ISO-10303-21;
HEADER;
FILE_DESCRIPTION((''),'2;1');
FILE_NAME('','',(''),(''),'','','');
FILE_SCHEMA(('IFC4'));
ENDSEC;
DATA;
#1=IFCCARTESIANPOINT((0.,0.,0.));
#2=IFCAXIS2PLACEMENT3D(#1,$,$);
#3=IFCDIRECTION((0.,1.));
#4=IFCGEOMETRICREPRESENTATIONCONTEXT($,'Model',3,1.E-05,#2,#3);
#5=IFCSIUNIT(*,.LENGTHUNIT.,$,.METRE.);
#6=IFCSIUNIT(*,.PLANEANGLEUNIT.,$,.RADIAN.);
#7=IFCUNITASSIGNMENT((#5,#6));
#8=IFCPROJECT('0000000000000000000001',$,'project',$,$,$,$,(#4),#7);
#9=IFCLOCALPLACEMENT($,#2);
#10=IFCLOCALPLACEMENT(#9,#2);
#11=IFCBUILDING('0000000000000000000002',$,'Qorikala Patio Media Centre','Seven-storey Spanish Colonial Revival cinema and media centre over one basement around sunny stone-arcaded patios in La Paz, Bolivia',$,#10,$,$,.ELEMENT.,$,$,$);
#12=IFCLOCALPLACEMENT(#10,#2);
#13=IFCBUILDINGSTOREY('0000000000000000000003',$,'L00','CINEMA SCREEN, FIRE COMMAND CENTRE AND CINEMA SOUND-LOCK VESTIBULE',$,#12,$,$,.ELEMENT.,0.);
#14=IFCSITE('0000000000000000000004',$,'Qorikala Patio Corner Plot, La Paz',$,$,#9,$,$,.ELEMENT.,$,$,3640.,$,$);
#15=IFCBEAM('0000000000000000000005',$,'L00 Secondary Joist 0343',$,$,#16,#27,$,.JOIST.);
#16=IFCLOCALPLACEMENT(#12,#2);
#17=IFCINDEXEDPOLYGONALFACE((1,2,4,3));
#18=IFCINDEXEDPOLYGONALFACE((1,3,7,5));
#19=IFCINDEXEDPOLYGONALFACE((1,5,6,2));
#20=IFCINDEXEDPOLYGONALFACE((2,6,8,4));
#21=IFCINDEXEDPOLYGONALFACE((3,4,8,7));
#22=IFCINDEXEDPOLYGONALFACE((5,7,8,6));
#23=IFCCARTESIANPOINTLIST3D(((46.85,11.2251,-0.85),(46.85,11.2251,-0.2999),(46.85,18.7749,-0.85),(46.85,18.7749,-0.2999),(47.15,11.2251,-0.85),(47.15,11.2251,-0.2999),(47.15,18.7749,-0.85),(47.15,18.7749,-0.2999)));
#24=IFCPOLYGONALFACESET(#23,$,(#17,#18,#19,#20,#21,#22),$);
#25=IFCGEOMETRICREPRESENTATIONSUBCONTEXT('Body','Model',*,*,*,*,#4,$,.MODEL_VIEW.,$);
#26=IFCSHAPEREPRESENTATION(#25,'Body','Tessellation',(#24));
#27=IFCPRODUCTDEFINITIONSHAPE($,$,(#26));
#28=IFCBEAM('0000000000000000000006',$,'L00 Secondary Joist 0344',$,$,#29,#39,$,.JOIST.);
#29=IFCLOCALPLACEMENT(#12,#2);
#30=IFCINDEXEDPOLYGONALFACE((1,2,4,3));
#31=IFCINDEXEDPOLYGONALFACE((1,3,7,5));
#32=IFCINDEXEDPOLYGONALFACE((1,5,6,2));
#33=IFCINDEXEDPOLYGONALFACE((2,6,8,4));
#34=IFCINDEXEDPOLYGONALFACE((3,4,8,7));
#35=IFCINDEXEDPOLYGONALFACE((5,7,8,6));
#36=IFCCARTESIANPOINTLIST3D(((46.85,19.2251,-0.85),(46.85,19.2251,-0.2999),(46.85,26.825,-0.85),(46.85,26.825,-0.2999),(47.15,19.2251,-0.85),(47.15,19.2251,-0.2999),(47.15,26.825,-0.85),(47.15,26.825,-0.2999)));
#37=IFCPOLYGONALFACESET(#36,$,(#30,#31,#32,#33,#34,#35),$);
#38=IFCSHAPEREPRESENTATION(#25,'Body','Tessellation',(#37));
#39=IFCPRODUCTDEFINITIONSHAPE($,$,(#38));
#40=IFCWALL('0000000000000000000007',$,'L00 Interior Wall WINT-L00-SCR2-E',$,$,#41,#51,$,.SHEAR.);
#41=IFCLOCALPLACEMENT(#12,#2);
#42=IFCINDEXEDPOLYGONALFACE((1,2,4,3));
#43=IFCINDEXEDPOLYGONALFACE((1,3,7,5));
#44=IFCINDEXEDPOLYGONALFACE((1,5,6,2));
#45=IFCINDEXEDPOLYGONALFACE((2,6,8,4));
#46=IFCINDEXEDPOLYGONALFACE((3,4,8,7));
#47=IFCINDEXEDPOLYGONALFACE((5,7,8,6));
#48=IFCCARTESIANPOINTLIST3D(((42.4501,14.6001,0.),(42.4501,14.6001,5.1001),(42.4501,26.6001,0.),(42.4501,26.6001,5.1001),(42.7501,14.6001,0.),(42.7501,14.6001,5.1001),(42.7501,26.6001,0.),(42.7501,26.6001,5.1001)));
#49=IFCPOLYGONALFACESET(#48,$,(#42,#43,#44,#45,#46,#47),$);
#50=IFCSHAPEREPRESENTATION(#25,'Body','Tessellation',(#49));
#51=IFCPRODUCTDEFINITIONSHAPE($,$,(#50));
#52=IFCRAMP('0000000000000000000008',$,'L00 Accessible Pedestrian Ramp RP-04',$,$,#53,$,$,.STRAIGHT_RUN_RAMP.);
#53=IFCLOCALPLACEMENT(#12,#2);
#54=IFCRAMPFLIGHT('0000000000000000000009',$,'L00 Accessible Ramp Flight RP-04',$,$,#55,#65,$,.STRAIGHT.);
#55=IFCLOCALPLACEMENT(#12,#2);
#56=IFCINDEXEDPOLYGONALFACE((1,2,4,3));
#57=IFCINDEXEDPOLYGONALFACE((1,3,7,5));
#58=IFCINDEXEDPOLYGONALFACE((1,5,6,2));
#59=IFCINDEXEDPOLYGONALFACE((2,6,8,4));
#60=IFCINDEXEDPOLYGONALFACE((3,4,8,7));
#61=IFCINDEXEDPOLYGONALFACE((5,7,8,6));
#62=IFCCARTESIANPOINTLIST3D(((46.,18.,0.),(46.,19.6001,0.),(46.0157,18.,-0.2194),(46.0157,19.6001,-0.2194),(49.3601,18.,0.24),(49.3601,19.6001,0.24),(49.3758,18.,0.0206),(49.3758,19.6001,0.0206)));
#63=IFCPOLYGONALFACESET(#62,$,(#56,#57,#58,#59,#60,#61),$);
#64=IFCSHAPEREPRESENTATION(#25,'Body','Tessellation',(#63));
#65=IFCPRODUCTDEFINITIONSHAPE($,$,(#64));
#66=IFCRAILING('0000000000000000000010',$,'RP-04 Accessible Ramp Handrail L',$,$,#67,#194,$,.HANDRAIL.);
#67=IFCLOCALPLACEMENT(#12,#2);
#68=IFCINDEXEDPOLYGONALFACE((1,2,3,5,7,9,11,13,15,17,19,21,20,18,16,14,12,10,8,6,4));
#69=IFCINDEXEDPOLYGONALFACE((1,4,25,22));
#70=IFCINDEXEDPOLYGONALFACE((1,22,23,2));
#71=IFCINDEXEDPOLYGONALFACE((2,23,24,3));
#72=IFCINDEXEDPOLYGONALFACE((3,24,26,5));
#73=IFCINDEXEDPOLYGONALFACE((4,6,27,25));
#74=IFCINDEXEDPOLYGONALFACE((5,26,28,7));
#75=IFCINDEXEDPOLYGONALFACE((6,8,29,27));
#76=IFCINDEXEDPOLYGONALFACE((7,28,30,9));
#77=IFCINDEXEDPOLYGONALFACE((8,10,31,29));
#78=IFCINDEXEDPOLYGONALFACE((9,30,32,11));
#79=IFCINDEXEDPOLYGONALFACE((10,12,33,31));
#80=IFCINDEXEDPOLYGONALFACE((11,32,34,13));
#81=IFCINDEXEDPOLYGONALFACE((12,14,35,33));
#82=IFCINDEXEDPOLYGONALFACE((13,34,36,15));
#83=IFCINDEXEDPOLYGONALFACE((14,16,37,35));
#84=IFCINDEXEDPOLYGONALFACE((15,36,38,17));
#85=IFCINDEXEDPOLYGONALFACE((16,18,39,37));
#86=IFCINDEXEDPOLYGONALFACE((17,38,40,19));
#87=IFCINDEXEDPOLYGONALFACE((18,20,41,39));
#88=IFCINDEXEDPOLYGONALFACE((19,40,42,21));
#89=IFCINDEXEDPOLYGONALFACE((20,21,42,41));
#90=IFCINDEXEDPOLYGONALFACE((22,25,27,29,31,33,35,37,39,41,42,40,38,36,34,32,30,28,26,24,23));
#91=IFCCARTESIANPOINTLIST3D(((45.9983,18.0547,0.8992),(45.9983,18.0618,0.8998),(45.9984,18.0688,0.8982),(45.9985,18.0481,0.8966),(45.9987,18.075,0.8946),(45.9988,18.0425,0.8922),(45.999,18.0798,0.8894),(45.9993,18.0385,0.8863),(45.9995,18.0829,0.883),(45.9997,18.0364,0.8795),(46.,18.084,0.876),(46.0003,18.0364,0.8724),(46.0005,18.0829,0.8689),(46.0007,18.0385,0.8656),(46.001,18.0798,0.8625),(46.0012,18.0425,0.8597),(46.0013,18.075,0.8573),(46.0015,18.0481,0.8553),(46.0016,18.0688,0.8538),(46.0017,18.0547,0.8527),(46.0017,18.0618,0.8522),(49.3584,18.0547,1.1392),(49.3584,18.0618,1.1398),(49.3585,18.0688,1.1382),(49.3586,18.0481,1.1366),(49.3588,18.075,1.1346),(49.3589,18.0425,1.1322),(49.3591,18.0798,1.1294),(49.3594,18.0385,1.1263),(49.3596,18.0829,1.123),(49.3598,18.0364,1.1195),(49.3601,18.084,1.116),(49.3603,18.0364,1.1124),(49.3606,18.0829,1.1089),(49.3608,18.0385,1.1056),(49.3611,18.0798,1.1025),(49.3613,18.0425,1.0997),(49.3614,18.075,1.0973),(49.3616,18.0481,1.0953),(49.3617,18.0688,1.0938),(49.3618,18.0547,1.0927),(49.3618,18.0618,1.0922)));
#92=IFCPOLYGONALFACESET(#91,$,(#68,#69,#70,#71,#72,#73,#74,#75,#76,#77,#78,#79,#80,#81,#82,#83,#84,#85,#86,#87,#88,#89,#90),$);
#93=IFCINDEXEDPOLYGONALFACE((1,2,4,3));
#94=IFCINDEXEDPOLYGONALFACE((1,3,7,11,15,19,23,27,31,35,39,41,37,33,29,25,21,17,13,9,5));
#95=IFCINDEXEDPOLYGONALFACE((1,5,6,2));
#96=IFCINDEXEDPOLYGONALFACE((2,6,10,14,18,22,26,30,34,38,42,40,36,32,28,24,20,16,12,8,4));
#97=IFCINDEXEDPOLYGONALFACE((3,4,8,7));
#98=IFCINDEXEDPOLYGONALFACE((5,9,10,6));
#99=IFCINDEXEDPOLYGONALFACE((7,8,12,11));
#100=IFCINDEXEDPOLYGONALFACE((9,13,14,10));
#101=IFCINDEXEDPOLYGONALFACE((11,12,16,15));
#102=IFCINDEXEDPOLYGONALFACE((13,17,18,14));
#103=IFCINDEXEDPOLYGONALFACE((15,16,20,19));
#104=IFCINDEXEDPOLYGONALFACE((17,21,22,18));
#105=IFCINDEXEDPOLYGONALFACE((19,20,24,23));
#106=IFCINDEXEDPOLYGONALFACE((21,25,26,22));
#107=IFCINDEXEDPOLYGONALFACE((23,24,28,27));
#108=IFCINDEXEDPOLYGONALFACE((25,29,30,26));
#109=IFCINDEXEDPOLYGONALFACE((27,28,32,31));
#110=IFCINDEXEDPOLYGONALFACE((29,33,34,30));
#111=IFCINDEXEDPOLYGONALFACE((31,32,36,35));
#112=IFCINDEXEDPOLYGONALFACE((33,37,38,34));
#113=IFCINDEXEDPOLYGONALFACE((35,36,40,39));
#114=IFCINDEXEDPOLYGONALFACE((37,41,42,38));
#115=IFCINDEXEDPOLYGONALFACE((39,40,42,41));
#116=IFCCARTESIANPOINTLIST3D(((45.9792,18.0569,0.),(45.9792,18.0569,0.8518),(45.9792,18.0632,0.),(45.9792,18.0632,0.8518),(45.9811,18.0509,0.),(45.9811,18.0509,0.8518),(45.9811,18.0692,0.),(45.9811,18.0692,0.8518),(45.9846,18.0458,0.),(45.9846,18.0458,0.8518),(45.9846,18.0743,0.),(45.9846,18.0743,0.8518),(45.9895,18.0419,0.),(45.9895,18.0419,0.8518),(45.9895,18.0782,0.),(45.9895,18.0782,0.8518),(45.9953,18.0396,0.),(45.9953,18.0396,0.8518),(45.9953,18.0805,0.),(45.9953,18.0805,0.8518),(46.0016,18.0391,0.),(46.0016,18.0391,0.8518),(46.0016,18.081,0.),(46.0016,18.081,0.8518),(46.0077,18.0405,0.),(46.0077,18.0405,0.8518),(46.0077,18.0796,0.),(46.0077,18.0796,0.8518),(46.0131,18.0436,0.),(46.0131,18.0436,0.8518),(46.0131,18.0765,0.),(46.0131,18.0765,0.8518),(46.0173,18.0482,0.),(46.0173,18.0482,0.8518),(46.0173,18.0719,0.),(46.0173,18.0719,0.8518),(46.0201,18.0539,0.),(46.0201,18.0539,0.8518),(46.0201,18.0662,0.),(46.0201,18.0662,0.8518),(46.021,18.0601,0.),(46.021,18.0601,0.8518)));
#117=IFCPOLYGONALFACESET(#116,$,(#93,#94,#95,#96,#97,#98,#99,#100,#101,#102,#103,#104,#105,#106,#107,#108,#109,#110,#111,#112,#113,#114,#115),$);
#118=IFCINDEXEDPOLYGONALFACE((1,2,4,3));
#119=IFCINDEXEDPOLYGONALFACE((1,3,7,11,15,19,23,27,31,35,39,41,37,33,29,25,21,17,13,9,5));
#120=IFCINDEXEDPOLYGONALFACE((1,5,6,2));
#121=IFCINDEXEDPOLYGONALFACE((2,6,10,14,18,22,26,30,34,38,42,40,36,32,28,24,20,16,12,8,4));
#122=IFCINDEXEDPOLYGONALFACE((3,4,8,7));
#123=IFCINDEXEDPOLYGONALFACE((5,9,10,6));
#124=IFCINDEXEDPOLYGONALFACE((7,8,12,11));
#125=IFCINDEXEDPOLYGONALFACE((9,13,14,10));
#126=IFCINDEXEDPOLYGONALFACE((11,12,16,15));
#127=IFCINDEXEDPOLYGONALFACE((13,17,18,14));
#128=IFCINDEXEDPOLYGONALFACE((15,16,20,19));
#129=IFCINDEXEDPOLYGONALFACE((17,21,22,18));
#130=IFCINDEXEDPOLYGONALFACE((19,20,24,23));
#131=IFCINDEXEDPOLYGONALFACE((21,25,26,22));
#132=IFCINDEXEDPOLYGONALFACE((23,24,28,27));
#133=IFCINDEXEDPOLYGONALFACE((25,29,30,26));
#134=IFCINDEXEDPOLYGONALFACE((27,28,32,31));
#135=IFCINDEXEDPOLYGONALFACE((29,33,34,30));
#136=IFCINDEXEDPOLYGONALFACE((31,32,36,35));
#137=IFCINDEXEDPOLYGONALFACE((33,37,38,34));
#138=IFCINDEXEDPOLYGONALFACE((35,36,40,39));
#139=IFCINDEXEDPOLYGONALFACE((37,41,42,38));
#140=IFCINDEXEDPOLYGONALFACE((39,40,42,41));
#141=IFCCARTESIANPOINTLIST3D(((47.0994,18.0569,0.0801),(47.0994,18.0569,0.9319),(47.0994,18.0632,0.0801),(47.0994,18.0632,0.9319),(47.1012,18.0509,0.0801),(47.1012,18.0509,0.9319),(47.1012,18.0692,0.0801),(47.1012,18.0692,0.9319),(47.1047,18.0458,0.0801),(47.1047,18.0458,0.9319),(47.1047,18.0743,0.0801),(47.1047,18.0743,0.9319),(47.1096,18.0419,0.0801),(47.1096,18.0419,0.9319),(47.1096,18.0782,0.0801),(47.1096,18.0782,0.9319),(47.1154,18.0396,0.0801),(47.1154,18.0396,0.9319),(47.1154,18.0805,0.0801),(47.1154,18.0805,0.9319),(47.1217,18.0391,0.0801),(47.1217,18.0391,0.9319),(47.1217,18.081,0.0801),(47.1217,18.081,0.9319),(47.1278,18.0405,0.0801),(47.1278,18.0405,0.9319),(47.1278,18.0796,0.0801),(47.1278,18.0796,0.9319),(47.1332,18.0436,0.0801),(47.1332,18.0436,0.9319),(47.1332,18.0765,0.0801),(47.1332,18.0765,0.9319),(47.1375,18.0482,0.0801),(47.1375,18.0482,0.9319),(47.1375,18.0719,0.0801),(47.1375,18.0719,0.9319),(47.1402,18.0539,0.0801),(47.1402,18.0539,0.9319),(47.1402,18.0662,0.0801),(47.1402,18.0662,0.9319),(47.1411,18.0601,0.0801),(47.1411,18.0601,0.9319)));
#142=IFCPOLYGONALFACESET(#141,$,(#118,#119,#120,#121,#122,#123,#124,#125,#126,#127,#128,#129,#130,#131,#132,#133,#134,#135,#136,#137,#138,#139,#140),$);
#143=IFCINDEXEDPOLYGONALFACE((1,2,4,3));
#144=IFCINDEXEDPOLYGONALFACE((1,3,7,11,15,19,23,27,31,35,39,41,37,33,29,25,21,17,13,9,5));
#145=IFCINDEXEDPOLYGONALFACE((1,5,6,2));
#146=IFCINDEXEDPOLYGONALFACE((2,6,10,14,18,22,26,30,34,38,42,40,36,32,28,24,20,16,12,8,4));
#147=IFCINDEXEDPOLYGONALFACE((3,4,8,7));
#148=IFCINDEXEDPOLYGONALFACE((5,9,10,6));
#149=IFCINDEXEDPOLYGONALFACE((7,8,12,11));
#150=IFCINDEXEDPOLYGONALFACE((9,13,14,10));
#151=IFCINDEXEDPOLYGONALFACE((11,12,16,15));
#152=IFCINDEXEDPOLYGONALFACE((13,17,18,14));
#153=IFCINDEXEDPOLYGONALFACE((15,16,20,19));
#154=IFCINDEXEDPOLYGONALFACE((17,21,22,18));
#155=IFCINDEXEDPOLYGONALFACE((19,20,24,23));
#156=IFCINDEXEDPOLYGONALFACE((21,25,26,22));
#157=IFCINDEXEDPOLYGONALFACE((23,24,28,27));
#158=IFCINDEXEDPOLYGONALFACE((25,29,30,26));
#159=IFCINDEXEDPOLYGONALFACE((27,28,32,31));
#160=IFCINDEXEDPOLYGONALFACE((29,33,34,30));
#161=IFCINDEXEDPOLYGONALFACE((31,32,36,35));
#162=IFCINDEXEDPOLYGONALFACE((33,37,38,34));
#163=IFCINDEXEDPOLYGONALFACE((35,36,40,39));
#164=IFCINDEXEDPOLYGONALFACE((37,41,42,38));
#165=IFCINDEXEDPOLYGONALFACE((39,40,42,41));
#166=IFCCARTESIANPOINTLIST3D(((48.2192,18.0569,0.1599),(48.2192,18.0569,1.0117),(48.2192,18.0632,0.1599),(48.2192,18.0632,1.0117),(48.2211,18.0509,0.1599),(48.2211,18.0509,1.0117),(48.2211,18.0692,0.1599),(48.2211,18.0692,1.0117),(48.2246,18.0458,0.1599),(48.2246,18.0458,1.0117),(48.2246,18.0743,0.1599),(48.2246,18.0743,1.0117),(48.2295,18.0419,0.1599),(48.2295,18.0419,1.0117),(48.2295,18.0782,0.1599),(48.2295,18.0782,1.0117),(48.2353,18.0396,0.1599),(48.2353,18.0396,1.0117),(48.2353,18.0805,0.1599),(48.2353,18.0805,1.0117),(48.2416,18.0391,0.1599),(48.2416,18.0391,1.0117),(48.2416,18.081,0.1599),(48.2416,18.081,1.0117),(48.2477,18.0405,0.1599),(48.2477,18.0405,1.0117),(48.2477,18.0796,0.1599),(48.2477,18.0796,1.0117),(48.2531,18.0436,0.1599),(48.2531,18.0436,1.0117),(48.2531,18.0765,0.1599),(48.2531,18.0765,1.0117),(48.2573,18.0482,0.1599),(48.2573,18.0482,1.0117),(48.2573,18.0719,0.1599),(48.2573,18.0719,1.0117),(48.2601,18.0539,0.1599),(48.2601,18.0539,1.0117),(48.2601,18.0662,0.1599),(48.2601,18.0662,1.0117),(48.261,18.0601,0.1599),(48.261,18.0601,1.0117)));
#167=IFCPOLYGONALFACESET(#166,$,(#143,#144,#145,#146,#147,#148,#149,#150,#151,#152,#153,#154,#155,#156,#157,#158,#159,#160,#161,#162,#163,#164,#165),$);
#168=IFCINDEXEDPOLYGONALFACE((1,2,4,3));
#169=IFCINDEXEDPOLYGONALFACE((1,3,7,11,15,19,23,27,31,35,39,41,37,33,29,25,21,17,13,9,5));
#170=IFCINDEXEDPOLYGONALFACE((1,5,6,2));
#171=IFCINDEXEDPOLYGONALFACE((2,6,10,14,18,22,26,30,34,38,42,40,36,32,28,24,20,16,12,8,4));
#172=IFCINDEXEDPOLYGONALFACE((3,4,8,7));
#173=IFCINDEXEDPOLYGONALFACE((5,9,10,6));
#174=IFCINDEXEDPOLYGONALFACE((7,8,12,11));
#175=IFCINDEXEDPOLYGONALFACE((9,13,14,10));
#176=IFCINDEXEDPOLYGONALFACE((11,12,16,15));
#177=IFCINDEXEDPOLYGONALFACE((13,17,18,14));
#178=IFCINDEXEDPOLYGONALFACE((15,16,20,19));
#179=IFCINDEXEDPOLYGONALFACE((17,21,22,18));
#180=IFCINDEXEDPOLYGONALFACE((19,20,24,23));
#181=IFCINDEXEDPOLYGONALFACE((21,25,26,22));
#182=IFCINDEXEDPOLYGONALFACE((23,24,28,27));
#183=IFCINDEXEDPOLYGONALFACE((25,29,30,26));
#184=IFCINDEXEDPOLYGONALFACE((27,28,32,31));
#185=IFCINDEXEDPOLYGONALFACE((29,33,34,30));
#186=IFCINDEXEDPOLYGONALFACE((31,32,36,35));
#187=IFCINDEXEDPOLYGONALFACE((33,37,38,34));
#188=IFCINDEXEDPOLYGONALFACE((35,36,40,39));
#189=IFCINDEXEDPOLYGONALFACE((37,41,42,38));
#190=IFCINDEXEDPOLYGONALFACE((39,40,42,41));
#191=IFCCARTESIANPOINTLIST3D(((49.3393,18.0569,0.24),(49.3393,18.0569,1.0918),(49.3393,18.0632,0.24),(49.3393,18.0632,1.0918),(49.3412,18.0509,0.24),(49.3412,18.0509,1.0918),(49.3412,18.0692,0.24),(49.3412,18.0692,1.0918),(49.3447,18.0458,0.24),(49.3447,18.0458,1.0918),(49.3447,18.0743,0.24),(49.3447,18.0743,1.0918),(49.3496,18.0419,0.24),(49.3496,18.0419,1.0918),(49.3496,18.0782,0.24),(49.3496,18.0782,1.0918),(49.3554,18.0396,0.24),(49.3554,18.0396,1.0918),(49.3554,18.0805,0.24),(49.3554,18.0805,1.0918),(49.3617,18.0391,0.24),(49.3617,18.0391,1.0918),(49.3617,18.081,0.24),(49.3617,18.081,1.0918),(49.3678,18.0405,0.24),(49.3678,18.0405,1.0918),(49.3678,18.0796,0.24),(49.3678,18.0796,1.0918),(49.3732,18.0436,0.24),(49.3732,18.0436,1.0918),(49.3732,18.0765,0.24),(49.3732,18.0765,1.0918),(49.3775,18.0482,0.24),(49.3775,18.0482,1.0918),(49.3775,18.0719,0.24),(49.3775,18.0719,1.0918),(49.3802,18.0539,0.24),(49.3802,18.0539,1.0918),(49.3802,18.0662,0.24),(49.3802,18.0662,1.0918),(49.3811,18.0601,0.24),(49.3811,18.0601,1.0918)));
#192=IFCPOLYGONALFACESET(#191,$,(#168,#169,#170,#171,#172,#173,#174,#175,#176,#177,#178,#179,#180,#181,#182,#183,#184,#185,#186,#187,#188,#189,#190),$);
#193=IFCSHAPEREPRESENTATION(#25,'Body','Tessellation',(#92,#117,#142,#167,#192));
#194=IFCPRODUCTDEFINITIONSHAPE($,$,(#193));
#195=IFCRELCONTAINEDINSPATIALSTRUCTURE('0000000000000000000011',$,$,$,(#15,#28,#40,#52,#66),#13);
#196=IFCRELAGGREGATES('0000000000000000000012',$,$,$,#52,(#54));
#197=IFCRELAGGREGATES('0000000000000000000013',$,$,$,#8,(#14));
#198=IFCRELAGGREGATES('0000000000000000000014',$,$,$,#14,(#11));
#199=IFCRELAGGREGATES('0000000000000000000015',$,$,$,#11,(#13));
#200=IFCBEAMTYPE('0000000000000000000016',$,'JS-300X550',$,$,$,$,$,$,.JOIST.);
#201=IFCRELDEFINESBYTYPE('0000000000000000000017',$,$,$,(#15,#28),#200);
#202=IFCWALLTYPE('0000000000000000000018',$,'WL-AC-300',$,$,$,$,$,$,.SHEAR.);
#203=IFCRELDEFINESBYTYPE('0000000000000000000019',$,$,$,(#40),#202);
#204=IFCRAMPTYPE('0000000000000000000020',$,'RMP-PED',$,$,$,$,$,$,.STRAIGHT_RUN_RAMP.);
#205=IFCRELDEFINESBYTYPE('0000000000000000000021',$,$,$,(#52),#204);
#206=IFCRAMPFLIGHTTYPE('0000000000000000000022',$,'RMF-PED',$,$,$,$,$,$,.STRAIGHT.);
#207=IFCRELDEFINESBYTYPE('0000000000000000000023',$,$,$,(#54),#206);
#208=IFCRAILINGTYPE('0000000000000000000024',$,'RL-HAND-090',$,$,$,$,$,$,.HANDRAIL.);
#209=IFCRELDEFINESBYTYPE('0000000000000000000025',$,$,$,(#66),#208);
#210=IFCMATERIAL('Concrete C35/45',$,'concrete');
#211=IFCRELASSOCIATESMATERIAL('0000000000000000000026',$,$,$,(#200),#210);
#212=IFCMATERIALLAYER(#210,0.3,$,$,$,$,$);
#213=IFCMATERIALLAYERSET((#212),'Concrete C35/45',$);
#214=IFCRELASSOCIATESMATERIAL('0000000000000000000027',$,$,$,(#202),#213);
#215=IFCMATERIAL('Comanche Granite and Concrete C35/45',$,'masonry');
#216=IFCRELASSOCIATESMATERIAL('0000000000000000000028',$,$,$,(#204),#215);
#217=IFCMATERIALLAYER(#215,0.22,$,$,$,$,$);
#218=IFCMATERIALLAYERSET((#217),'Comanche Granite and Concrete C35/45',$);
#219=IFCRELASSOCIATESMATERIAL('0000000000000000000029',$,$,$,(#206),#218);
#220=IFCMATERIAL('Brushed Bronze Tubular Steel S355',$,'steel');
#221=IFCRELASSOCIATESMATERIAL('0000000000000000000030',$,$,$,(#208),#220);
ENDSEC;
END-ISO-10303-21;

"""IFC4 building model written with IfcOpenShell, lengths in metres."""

from ifc_helpers import new_model, si_unit, direction, frame, frame_2d, origin, origin_2d, place, context, subcontext, project, spatial, polyline, rectangle, circle, outline, extrude, material, layer, layer_set, material_profile, profile_set, type_object, element, aggregate, save


model = new_model("IFC4")

# Units and contexts
model_context = context("Model", 3, precision=1e-05, world=origin(), true_north=direction((0.0, 1.0)))
body_context = subcontext(model_context, "Body", "Model", "MODEL_VIEW")
ifc_project = project(units=[si_unit("LENGTHUNIT", "METRE"), si_unit("PLANEANGLEUNIT", "RADIAN")], contexts=[model_context])

# Site, building, storey
site_placement = place(None, origin())
site = spatial("IfcSite", under=ifc_project, at=site_placement, Name="Qorikala Patio Corner Plot, La Paz", CompositionType="ELEMENT", RefElevation=3640.0)
building_placement = place(site_placement, origin())
building = spatial("IfcBuilding", under=site, at=building_placement, Name="Qorikala Patio Media Centre", Description="Seven-storey Spanish Colonial Revival cinema and media centre over one basement around sunny stone-arcaded patios in La Paz, Bolivia", CompositionType="ELEMENT")
storey_placement = place(building_placement, origin())
storey = spatial("IfcBuildingStorey", under=building, at=storey_placement, Name="L00", Description="CINEMA SCREEN, FIRE COMMAND CENTRE AND CINEMA SOUND-LOCK VESTIBULE", CompositionType="ELEMENT", Elevation=0.0)

# Shared definitions
ifc_material_1 = material(Name="Concrete C35/45", Category="concrete")

# Beams
ifc_material_profile_1 = material_profile(ifc_material_1, rectangle(XDim=0.3, YDim=0.55, at=origin_2d()), Name="RC 300x550")
ifc_profile_set_1 = profile_set([ifc_material_profile_1], Name="Concrete C35/45")
beam_type_1 = type_object("IfcBeamType", Name="JS-300X550", PredefinedType="JOIST", material=ifc_profile_set_1)
for number, where, z_axis, x_axis, name in (
    (1, (47.0, 11.2251, -0.575), (0.0, 1.0, 0.0), (-1.0, 0.0, 0.0), "L00 Secondary Joist 0343"),
):
    element("IfcBeam", number, at=place(storey_placement, frame(where, z_axis=z_axis, x_axis=x_axis)), inside=storey, type_object=beam_type_1, Name=name, PredefinedType="JOIST", context=body_context, shape_type="SweptSolid", body=[
        extrude(rectangle(XDim=0.3, YDim=0.55, at=origin_2d()), origin(), (0.0, 0.0, 1.0), 7.5498),
    ])
beam_1_placement = place(storey_placement, frame((47.0, 19.2251, -0.575), z_axis=(0.0, 1.0, 0.0), x_axis=(-1.0, 0.0, 0.0)))
element("IfcBeam", 2, at=beam_1_placement, inside=storey, type_object=beam_type_1, Name="L00 Secondary Joist 0344", PredefinedType="JOIST", context=body_context, shape_type="SweptSolid", body=[
    extrude(rectangle(XDim=0.3, YDim=0.55, at=origin_2d()), origin(), (0.0, 0.0, 1.0), 7.5999),
])

# Wall
ifc_layer_1 = layer(ifc_material_1, 0.3)
ifc_layer_set_1 = layer_set([ifc_layer_1], Name="Concrete C35/45")
wall_type = type_object("IfcWallType", Name="WL-AC-300", PredefinedType="SHEAR", material=ifc_layer_set_1)
wall_placement = place(storey_placement, frame((42.6001, 14.6001, 0.0), z_axis=(0.0, 0.0, 1.0), x_axis=(0.0, 1.0, 0.0)))
element("IfcWall", 3, at=wall_placement, inside=storey, type_object=wall_type, Name="L00 Interior Wall WINT-L00-SCR2-E", PredefinedType="SHEAR", context=body_context, shape_type="SweptSolid", body=[
    extrude(rectangle(XDim=12.0, YDim=0.3, at=frame_2d((6.0, 0.0))), origin(), (0.0, 0.0, 1.0), 5.1001),
])

# Ramp, ramp flight
ifc_material_2 = material(Name="Comanche Granite and Concrete C35/45", Category="masonry")
ramp_type = type_object("IfcRampType", Name="RMP-PED", PredefinedType="STRAIGHT_RUN_RAMP", material=ifc_material_2)
ramp_placement = place(storey_placement, origin())
ramp = element("IfcRamp", 4, at=ramp_placement, inside=storey, type_object=ramp_type, Name="L00 Accessible Pedestrian Ramp RP-04", PredefinedType="STRAIGHT_RUN_RAMP")
ifc_layer_2 = layer(ifc_material_2, 0.22)
ifc_layer_set_2 = layer_set([ifc_layer_2], Name="Comanche Granite and Concrete C35/45")
ramp_flight_type = type_object("IfcRampFlightType", Name="RMF-PED", PredefinedType="STRAIGHT", material=ifc_layer_set_2)
ramp_flight_placement = place(storey_placement, frame((46.0, 18.0, 0.0), z_axis=(-0.071242, 0.0, 0.997459), x_axis=(0.997459, 0.0, 0.071242)))
ramp_flight = element("IfcRampFlight", 5, at=ramp_flight_placement, type_object=ramp_flight_type, Name="L00 Accessible Ramp Flight RP-04", PredefinedType="STRAIGHT", context=body_context, shape_type="SweptSolid", body=[
    extrude(outline(polyline([(0.0, 0.0), (3.3687, 0.0), (3.3687, 1.6001), (0.0, 1.6001), (0.0, 0.0)])), origin(), (0.0, 0.0, -1.0), 0.22),
])
aggregate(ramp, [ramp_flight])

# Railing
ifc_material_3 = material(Name="Brushed Bronze Tubular Steel S355", Category="steel")
railing_type = type_object("IfcRailingType", Name="RL-HAND-090", PredefinedType="HANDRAIL", material=ifc_material_3)
railing_placement = place(storey_placement, frame((46.0, 18.0601, 0.0)))
element("IfcRailing", 6, at=railing_placement, inside=storey, type_object=railing_type, Name="RP-04 Accessible Ramp Handrail L", PredefinedType="HANDRAIL", context=body_context, shape_type="SweptSolid", body=[
    extrude(circle(Radius=0.0239, at=origin_2d()), frame((0.0, 0.0, 0.876), z_axis=(0.997459, 0.0, 0.071242), x_axis=(0.0, 1.0, 0.0)), (0.0, 0.0, 1.0), 3.3687),
    extrude(circle(Radius=0.021, at=origin_2d()), origin(), (0.0, 0.0, 1.0), 0.8518),
    extrude(circle(Radius=0.021, at=origin_2d()), frame((1.1201, 0.0, 0.0801)), (0.0, 0.0, 1.0), 0.8518),
    extrude(circle(Radius=0.021, at=origin_2d()), frame((2.24, 0.0, 0.1599)), (0.0, 0.0, 1.0), 0.8518),
    extrude(circle(Radius=0.021, at=origin_2d()), frame((3.3601, 0.0, 0.24)), (0.0, 0.0, 1.0), 0.8518),
])

save(model, "model.ifc")
